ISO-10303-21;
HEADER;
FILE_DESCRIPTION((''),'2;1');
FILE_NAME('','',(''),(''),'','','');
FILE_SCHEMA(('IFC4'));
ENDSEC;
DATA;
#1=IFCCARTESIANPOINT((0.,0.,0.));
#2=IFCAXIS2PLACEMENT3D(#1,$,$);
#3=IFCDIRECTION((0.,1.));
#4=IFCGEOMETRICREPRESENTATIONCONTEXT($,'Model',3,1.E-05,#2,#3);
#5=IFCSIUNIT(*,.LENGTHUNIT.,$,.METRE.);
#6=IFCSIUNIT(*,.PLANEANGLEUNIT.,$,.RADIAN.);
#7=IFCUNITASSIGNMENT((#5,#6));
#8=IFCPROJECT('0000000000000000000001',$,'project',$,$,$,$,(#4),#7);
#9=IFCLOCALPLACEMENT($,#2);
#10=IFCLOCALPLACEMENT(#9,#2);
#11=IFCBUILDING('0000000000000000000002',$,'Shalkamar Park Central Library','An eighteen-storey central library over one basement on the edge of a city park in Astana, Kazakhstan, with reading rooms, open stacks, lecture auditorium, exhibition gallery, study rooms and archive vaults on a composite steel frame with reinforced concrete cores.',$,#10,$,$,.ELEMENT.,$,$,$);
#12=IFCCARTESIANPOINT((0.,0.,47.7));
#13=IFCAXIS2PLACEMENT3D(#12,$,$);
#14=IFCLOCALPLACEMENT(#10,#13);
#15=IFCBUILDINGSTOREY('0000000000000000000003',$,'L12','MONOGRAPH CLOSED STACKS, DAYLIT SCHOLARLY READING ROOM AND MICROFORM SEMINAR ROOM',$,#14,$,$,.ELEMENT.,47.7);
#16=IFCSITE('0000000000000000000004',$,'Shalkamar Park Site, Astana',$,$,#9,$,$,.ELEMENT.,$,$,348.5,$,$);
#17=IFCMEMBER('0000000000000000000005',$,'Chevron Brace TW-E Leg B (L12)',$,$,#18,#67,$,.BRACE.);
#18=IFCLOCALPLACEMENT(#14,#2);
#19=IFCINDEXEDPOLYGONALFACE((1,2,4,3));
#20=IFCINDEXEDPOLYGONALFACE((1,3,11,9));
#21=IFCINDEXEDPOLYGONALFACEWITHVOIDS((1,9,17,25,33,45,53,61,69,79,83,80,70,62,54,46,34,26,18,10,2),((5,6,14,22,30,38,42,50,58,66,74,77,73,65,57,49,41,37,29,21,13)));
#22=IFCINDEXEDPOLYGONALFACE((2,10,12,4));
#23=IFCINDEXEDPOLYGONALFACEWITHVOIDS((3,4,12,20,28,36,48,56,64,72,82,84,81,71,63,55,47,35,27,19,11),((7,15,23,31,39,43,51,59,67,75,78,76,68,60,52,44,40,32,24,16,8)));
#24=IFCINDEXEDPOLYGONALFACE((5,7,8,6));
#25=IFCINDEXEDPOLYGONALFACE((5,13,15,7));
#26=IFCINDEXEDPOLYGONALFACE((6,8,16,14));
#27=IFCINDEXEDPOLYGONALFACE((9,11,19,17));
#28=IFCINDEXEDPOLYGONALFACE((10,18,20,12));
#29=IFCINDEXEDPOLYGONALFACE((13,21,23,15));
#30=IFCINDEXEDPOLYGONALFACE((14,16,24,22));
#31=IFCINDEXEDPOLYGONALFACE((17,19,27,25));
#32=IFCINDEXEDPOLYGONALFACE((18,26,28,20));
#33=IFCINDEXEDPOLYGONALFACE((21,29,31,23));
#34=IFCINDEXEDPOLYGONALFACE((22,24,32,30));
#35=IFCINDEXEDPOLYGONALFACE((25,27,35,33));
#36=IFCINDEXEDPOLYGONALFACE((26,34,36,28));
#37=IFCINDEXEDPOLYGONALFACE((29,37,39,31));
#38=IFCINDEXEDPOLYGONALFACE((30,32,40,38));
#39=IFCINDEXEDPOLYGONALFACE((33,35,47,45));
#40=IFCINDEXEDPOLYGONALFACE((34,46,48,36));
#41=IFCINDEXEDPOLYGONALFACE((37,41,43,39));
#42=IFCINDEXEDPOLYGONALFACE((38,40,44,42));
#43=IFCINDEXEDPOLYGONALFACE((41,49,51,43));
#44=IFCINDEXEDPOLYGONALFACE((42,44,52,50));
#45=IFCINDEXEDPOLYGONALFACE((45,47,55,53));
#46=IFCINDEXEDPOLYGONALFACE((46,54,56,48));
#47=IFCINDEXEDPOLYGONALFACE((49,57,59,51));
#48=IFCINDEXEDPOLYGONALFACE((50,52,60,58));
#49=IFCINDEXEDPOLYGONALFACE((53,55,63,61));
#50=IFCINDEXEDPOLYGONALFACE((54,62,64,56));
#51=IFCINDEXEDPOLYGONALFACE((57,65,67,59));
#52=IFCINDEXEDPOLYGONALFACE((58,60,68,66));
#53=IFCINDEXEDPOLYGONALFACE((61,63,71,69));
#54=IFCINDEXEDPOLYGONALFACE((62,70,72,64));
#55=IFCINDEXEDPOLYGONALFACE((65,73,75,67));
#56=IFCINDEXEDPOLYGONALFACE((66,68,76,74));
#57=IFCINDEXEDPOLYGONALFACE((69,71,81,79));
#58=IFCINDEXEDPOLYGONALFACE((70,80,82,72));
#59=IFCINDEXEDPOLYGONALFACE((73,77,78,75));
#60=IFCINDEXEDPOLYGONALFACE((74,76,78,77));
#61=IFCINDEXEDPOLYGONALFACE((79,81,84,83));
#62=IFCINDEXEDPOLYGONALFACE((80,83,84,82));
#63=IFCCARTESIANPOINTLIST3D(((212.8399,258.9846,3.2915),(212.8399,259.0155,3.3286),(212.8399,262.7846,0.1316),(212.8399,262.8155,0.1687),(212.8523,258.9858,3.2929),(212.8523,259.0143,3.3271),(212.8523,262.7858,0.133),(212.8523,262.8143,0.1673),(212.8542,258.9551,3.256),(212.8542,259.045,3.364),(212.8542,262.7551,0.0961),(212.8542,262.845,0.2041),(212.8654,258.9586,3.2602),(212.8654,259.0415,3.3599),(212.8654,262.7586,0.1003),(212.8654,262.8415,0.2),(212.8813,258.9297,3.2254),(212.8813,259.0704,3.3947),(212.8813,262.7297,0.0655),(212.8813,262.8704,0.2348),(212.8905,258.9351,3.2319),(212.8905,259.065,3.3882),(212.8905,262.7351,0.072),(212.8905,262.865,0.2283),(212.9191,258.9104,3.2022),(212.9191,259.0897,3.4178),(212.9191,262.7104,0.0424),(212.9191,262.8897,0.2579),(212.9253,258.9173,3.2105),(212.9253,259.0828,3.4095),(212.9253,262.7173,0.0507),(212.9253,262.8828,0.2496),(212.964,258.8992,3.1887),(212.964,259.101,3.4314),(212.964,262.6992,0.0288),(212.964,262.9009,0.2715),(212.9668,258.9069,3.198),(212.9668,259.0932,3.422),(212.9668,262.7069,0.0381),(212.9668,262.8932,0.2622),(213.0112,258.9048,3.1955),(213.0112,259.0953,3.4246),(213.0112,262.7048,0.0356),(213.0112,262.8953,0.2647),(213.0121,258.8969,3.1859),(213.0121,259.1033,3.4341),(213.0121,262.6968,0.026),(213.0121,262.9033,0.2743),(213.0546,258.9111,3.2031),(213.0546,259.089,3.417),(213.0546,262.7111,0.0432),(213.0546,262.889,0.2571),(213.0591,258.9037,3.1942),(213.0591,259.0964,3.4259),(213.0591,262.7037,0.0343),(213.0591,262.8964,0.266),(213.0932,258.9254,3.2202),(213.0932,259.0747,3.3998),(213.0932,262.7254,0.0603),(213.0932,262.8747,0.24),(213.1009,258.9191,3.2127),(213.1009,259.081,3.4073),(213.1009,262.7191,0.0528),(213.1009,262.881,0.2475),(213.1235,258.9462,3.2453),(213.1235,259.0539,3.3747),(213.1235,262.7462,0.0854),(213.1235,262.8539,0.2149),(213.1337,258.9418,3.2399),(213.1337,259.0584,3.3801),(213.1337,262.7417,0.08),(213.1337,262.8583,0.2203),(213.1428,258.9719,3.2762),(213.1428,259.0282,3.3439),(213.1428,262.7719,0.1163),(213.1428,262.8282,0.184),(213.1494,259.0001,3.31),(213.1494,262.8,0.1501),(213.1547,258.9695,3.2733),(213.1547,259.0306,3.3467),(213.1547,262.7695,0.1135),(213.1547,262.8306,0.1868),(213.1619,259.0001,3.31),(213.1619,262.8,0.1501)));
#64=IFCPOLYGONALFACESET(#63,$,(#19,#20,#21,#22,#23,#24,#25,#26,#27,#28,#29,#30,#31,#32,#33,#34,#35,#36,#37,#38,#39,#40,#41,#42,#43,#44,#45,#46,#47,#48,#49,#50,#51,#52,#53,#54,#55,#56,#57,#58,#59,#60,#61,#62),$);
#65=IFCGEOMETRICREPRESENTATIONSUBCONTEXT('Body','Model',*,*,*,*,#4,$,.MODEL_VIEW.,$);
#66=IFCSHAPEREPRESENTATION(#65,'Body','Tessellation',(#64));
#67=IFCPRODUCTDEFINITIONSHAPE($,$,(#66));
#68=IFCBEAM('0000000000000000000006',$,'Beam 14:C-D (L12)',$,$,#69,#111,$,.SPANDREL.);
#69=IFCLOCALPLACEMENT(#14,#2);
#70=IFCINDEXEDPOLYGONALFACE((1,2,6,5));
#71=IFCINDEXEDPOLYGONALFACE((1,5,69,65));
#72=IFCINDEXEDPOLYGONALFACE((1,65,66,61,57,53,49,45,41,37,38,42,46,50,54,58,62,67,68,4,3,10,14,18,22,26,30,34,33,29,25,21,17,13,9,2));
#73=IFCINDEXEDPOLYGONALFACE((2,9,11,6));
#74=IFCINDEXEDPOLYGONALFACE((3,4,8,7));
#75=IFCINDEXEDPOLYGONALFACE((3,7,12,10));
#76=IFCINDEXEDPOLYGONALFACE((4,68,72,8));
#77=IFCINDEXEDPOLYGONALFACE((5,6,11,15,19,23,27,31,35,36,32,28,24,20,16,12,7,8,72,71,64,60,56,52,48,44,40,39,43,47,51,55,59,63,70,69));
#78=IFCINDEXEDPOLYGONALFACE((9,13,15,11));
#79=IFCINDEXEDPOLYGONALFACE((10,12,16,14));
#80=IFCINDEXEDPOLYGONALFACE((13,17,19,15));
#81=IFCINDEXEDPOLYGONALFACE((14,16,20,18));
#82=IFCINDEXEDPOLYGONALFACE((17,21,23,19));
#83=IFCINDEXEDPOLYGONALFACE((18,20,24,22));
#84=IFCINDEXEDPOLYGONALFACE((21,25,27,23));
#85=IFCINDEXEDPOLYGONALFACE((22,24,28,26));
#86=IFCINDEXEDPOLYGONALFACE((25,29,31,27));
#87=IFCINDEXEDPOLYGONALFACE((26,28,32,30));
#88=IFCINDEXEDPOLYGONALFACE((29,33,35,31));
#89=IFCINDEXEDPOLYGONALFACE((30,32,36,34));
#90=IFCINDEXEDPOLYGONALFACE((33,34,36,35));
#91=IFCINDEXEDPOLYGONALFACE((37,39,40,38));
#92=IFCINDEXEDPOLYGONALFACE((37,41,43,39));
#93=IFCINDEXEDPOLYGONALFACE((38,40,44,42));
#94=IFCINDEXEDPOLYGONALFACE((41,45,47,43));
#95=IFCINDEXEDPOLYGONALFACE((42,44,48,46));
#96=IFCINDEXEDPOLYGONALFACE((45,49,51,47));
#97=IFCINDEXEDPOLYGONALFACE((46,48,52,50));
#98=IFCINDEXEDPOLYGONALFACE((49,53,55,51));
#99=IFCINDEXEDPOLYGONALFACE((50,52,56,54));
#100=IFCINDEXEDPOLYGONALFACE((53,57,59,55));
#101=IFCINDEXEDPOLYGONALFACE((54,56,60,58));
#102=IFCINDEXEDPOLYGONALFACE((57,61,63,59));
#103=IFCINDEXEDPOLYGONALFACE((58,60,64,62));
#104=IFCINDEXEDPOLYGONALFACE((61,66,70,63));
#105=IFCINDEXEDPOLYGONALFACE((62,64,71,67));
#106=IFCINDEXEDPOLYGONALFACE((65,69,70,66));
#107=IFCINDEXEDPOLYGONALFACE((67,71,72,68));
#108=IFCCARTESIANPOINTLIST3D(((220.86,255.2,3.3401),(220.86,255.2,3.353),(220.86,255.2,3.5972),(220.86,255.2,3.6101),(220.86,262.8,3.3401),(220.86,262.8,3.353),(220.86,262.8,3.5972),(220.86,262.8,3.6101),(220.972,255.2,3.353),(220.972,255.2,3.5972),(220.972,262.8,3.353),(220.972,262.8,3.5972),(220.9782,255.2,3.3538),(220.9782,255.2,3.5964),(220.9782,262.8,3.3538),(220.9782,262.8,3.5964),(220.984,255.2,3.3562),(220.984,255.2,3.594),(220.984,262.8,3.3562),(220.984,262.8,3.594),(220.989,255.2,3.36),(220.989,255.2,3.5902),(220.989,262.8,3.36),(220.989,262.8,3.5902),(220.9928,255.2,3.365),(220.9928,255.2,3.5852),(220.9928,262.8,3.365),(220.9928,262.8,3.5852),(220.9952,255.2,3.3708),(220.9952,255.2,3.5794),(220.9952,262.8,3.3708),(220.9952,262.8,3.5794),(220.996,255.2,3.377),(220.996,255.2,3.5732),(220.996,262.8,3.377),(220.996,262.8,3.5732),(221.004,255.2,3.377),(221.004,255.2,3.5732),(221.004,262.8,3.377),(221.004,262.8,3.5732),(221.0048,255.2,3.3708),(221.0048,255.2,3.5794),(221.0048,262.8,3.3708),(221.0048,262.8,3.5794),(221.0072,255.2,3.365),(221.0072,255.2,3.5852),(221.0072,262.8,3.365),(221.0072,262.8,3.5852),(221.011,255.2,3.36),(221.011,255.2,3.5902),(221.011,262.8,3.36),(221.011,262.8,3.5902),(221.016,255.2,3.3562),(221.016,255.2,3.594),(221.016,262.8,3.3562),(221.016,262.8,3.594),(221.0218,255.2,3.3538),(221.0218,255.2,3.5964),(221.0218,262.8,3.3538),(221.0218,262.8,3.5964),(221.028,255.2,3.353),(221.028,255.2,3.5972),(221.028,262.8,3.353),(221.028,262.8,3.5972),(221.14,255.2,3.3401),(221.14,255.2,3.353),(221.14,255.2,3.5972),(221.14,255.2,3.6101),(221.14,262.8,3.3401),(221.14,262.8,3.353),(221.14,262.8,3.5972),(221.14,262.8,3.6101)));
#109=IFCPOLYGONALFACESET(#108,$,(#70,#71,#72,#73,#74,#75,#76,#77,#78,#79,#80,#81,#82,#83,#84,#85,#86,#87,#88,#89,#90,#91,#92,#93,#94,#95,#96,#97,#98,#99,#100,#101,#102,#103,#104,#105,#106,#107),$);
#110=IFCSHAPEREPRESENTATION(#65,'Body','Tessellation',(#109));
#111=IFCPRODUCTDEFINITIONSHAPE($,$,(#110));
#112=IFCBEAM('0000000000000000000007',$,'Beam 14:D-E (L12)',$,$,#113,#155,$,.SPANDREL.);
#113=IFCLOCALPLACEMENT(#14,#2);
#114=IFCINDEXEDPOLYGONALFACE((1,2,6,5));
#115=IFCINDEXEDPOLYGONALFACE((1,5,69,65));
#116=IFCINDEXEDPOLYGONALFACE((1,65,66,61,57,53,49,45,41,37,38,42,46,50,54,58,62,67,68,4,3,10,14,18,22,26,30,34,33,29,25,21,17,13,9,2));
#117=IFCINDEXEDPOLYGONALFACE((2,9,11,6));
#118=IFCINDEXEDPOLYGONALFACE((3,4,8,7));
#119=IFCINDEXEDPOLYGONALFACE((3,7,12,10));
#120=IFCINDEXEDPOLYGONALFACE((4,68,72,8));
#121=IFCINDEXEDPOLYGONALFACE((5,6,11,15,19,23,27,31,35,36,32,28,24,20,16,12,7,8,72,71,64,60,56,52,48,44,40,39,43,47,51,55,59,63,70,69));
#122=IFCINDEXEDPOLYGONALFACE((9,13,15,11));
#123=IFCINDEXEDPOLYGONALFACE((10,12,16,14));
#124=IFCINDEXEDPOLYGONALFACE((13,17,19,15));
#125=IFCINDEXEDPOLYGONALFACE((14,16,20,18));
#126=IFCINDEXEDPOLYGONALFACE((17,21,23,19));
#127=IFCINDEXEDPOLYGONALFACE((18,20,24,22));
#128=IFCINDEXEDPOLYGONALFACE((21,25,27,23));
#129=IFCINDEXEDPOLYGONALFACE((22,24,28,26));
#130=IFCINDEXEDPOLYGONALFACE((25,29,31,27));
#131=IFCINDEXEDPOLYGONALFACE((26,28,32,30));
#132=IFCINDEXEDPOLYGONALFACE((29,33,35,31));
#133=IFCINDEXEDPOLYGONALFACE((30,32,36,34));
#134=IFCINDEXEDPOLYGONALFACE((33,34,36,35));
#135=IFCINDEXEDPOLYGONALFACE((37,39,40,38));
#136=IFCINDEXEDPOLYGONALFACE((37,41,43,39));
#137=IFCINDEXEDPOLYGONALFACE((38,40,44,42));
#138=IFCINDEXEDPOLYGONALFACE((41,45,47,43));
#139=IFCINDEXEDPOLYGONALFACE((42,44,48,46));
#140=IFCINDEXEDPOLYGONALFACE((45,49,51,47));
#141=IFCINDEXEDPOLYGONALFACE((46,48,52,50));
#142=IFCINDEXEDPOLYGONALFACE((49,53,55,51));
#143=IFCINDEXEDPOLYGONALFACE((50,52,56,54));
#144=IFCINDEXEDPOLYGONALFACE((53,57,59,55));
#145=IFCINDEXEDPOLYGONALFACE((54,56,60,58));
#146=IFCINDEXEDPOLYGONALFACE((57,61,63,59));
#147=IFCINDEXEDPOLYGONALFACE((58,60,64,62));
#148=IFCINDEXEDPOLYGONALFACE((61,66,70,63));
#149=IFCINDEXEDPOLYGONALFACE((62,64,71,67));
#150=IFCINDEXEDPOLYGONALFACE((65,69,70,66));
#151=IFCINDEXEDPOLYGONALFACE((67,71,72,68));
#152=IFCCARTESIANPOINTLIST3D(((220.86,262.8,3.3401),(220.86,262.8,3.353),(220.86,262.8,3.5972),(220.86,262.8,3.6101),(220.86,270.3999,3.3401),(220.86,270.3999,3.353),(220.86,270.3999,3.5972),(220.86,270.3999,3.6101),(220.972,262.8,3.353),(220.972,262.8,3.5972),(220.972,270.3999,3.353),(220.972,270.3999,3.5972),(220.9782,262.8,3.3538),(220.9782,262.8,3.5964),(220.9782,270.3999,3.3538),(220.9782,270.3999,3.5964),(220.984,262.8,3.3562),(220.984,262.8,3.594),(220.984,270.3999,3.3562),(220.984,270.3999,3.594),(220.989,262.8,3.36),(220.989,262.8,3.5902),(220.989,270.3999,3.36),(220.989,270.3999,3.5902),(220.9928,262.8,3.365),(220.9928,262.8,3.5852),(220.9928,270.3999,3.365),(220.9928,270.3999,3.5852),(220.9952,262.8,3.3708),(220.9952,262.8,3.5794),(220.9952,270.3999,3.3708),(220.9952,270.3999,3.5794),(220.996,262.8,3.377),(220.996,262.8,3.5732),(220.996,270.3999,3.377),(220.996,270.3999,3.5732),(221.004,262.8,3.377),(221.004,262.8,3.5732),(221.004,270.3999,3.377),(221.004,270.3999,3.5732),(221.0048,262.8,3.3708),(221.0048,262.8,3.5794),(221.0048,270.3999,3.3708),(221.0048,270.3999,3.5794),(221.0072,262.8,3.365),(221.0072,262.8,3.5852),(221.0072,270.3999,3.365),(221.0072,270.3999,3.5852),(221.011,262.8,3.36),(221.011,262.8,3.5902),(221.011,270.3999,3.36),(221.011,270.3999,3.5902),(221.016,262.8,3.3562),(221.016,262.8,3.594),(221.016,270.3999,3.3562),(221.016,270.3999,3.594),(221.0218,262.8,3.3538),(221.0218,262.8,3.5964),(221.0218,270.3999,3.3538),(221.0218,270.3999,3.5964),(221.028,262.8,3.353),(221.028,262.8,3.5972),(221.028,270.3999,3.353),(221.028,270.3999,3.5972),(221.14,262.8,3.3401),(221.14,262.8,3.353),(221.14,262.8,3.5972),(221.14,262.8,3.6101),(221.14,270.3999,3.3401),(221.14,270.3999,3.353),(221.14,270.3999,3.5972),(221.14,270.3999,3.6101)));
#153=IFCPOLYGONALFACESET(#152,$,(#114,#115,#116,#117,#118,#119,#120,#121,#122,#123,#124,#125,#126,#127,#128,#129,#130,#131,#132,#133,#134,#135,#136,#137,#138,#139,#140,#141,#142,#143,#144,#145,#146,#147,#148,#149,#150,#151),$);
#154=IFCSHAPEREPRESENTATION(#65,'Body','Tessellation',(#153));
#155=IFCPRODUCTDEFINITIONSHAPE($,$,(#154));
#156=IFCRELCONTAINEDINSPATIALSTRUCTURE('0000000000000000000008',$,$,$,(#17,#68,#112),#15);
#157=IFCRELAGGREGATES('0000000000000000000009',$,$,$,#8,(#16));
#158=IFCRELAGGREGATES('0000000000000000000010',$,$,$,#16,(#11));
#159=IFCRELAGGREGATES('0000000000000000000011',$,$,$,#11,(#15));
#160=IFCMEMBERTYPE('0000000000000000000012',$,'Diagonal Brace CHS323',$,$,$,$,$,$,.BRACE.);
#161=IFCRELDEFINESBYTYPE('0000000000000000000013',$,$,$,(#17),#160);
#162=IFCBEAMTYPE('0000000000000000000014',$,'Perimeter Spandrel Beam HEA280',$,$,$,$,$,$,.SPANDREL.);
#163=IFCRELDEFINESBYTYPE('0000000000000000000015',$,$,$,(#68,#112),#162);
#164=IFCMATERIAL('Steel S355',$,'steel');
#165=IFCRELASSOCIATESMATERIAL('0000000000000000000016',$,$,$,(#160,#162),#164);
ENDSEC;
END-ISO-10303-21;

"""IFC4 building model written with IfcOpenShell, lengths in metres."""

from ifc_helpers import new_model, si_unit, direction, frame, origin, origin_2d, place, context, subcontext, project, spatial, hollow_circle, i_section, extrude, material, material_profile, profile_set, type_object, element, save


model = new_model("IFC4")

# Units and contexts
model_context = context("Model", 3, precision=1e-05, world=origin(), true_north=direction((0.0, 1.0)))
body_context = subcontext(model_context, "Body", "Model", "MODEL_VIEW")
ifc_project = project(units=[si_unit("LENGTHUNIT", "METRE"), si_unit("PLANEANGLEUNIT", "RADIAN")], contexts=[model_context])

# Site, building, storey
site_placement = place(None, origin())
site = spatial("IfcSite", under=ifc_project, at=site_placement, Name="Shalkamar Park Site, Astana", CompositionType="ELEMENT", RefElevation=348.5)
building_placement = place(site_placement, origin())
building = spatial("IfcBuilding", under=site, at=building_placement, Name="Shalkamar Park Central Library", Description="An eighteen-storey central library over one basement on the edge of a city park in Astana, Kazakhstan, with reading rooms, open stacks, lecture auditorium, exhibition gallery, study rooms and archive vaults on a composite steel frame with reinforced concrete cores.", CompositionType="ELEMENT")
storey_placement = place(building_placement, frame((0.0, 0.0, 47.7)))
storey = spatial("IfcBuildingStorey", under=building, at=storey_placement, Name="L12", Description="MONOGRAPH CLOSED STACKS, DAYLIT SCHOLARLY READING ROOM AND MICROFORM SEMINAR ROOM", CompositionType="ELEMENT", Elevation=47.7)

# Shared definitions
ifc_material_1 = material(Name="Steel S355", Category="steel")

# Member
ifc_material_profile_1 = material_profile(ifc_material_1, hollow_circle(Radius=0.1619, WallThickness=0.0125, at=origin_2d()), Name="CHS 323.9x12.5")
ifc_profile_set_1 = profile_set([ifc_material_profile_1], Name="Steel S355")
member_type = type_object("IfcMemberType", Name="Diagonal Brace CHS323", PredefinedType="BRACE", material=ifc_profile_set_1)
for number, where, z_axis, x_axis, name in (
    (1, (213.0, 262.8, 0.1501), (0.0, -0.768897, 0.639373), (1.0, 0.0, 0.0), "Chevron Brace TW-E Leg B (L12)"),
):
    element("IfcMember", number, at=place(storey_placement, frame(where, z_axis=z_axis, x_axis=x_axis)), inside=storey, type_object=member_type, Name=name, PredefinedType="BRACE", context=body_context, shape_type="SweptSolid", body=[
        extrude(hollow_circle(Radius=0.1619, WallThickness=0.0125, at=origin_2d()), origin(), (0.0, 0.0, 1.0), 4.9421),
    ])

# Beams
ifc_material_profile_2 = material_profile(ifc_material_1, i_section(OverallWidth=0.28, OverallDepth=0.27, WebThickness=0.0081, FlangeThickness=0.0129, FilletRadius=0.0239, at=origin_2d()), Name="HEA 280")
ifc_profile_set_2 = profile_set([ifc_material_profile_2], Name="Steel S355")
beam_type_1 = type_object("IfcBeamType", Name="Perimeter Spandrel Beam HEA280", PredefinedType="SPANDREL", material=ifc_profile_set_2)
beam_1_placement = place(storey_placement, frame((221.0, 255.2, 3.4751), z_axis=(0.0, 1.0, 0.0), x_axis=(-1.0, 0.0, 0.0)))
element("IfcBeam", 2, at=beam_1_placement, inside=storey, type_object=beam_type_1, Name="Beam 14:C-D (L12)", PredefinedType="SPANDREL", context=body_context, shape_type="SweptSolid", body=[
    extrude(i_section(OverallWidth=0.28, OverallDepth=0.27, WebThickness=0.0081, FlangeThickness=0.0129, FilletRadius=0.0239, at=origin_2d()), origin(), (0.0, 0.0, 1.0), 7.6001),
])
beam_2_placement = place(storey_placement, frame((221.0, 262.8, 3.4751), z_axis=(0.0, 1.0, 0.0), x_axis=(-1.0, 0.0, 0.0)))
element("IfcBeam", 3, at=beam_2_placement, inside=storey, type_object=beam_type_1, Name="Beam 14:D-E (L12)", PredefinedType="SPANDREL", context=body_context, shape_type="SweptSolid", body=[
    extrude(i_section(OverallWidth=0.28, OverallDepth=0.27, WebThickness=0.0081, FlangeThickness=0.0129, FilletRadius=0.0239, at=origin_2d()), origin(), (0.0, 0.0, 1.0), 7.5999),
])

save(model, "model.ifc")
